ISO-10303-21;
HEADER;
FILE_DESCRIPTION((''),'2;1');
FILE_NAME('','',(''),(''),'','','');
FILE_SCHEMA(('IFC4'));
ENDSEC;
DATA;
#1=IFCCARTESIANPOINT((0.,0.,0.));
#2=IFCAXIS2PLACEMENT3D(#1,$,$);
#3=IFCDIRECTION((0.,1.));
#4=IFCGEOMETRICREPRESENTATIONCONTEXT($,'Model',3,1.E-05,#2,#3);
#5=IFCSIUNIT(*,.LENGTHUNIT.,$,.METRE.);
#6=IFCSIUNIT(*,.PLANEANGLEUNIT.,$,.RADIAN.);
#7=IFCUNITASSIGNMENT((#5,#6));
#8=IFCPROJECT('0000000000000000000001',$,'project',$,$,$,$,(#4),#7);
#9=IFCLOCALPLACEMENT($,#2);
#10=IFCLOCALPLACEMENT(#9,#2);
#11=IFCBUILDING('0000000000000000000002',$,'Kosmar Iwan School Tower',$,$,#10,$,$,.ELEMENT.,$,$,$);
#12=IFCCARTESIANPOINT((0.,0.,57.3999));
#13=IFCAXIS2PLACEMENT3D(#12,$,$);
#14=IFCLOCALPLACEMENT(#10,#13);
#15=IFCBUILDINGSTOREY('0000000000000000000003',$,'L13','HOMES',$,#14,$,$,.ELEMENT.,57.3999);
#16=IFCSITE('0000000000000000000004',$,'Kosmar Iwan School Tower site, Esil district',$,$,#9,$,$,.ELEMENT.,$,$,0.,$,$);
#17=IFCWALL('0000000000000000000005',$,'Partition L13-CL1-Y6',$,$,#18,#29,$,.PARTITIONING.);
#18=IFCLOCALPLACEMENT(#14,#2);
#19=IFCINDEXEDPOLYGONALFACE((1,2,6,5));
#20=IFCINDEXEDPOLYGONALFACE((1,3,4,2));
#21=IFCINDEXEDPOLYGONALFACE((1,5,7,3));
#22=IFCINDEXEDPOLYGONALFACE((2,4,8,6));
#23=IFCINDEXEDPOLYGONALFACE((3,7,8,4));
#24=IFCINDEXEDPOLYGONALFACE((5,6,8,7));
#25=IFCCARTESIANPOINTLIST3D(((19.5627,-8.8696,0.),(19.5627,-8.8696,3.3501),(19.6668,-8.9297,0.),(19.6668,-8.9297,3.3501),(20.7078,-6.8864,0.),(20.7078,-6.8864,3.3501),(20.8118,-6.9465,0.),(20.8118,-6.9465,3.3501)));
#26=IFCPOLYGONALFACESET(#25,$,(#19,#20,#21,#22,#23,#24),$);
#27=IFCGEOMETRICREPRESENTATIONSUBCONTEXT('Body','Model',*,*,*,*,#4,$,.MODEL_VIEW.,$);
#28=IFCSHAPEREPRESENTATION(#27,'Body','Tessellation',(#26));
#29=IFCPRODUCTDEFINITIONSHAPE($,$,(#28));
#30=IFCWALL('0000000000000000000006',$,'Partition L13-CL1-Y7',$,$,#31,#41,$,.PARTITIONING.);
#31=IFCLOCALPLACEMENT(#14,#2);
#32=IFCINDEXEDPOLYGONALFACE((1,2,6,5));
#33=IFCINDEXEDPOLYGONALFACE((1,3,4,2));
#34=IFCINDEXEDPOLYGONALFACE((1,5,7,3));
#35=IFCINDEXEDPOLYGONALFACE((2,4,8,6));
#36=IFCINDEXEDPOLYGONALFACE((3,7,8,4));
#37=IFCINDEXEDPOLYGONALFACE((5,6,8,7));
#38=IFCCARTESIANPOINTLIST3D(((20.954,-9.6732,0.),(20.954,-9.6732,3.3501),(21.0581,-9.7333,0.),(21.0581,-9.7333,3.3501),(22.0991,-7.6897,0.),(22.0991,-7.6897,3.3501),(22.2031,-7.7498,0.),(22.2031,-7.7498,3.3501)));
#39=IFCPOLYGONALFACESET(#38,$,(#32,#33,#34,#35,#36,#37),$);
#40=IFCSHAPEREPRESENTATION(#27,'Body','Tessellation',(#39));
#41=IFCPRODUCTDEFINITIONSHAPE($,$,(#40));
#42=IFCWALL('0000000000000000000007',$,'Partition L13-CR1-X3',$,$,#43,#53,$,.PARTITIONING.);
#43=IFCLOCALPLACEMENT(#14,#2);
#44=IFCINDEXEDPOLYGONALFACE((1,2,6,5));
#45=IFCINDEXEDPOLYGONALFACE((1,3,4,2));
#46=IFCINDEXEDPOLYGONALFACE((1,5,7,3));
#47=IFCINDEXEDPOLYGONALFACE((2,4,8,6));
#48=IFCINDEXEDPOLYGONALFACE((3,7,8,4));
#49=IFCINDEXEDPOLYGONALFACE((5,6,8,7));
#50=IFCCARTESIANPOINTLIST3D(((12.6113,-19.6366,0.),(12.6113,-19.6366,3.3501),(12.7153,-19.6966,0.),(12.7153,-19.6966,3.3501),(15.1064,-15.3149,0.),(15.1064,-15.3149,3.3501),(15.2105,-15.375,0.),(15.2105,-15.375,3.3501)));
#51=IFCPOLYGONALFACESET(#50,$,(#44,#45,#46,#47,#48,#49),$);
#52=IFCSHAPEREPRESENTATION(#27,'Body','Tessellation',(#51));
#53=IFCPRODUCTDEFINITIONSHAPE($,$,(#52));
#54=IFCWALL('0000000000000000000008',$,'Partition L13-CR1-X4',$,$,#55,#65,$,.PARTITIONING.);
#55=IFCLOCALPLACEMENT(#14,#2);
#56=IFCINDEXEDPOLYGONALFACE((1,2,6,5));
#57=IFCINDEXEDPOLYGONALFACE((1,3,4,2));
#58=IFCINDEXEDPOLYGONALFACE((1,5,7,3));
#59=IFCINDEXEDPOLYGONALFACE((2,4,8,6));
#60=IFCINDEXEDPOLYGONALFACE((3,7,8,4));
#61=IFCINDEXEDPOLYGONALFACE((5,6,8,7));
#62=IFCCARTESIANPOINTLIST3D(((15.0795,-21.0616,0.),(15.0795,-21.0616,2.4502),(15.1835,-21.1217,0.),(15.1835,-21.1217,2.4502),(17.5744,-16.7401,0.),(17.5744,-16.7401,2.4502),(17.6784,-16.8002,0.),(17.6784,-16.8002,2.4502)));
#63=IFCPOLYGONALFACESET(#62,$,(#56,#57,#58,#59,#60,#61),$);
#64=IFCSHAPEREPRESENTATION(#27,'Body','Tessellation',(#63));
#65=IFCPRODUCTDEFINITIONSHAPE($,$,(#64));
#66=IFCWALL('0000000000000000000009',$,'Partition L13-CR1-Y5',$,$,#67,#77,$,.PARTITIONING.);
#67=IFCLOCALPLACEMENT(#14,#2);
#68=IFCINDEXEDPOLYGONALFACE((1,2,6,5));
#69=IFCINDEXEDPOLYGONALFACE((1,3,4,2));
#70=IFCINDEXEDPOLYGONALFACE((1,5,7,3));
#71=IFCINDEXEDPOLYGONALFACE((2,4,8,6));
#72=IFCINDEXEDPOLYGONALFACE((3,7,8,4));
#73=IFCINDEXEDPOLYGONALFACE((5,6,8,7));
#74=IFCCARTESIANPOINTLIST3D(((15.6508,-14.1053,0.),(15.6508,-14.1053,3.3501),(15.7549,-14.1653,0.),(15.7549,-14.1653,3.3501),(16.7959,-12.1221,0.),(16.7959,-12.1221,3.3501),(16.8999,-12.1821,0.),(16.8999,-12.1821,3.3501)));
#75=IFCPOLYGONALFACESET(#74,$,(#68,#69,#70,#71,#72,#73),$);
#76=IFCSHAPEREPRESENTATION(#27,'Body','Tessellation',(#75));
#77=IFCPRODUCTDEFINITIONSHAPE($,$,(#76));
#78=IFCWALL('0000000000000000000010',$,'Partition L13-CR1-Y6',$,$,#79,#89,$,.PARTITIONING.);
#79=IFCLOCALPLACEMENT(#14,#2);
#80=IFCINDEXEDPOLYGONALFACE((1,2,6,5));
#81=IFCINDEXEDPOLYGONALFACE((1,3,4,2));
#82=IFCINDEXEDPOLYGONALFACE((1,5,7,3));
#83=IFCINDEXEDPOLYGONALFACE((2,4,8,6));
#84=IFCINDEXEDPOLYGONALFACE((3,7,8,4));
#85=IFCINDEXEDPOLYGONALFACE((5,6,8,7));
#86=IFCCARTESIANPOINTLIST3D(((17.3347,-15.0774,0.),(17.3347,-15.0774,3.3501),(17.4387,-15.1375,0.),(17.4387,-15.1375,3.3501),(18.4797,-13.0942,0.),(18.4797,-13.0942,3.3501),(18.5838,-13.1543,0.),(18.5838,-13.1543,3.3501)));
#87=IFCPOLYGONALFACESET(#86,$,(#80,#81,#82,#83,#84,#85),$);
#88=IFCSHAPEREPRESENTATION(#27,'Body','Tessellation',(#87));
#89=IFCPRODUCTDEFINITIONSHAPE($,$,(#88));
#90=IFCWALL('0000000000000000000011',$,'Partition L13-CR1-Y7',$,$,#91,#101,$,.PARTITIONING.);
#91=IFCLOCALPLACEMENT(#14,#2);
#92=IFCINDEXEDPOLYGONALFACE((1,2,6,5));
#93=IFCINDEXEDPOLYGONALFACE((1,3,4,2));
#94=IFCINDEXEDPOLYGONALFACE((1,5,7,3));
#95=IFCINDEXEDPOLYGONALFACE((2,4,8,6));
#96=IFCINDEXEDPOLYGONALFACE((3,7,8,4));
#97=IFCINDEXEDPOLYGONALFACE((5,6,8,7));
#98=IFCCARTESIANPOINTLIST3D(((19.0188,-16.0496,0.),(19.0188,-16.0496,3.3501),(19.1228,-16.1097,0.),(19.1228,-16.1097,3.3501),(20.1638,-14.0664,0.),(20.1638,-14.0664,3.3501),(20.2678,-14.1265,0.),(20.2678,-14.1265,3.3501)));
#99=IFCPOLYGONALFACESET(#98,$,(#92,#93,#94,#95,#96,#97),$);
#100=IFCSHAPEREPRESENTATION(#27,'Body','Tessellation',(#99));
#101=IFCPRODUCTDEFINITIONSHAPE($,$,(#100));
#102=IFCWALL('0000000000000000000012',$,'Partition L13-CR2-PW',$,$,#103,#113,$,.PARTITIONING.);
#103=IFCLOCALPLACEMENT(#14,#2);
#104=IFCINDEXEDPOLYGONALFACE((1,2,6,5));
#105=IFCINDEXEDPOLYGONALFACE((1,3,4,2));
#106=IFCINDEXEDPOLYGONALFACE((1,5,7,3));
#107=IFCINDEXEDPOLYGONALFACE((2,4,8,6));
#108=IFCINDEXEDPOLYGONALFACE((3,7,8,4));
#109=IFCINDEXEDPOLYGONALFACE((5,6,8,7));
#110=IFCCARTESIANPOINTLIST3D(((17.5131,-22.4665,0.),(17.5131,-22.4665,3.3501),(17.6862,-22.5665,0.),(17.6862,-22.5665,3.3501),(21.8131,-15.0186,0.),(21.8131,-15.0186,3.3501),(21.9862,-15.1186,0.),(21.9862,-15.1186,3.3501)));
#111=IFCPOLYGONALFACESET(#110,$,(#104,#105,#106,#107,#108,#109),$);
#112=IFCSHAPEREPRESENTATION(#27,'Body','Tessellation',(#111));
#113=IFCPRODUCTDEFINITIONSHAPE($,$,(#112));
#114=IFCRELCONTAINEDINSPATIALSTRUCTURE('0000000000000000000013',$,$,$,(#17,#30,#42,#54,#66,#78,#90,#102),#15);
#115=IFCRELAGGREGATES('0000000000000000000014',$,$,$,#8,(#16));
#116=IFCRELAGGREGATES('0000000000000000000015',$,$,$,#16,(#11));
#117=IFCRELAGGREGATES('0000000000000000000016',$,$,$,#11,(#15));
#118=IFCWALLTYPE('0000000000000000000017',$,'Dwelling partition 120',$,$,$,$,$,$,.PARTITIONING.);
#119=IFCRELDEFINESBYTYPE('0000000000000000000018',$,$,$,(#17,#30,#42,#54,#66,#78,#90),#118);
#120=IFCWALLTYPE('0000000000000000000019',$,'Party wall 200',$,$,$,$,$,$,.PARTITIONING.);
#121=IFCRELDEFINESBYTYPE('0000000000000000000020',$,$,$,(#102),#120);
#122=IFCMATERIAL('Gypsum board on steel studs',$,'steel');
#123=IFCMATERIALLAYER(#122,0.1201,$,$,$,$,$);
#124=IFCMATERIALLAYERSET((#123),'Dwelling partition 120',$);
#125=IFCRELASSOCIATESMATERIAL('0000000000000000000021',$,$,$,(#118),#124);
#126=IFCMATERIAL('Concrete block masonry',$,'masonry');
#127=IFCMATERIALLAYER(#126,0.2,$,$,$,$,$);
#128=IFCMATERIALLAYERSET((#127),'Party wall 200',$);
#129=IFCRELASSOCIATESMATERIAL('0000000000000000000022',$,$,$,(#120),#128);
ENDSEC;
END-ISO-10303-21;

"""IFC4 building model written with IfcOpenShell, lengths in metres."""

from ifc_helpers import new_model, si_unit, direction, frame, frame_2d, origin, place, context, subcontext, project, spatial, rectangle, extrude, material, layer, layer_set, type_object, element, save


model = new_model("IFC4")

# Units and contexts
model_context = context("Model", 3, precision=1e-05, world=origin(), true_north=direction((0.0, 1.0)))
body_context = subcontext(model_context, "Body", "Model", "MODEL_VIEW")
ifc_project = project(units=[si_unit("LENGTHUNIT", "METRE"), si_unit("PLANEANGLEUNIT", "RADIAN")], contexts=[model_context])

# Site, building, storey
site_placement = place(None, origin())
site = spatial("IfcSite", under=ifc_project, at=site_placement, Name="Kosmar Iwan School Tower site, Esil district", CompositionType="ELEMENT", RefElevation=0.0)
building_placement = place(site_placement, origin())
building = spatial("IfcBuilding", under=site, at=building_placement, Name="Kosmar Iwan School Tower", CompositionType="ELEMENT")
storey_placement = place(building_placement, frame((0.0, 0.0, 57.3999)))
storey = spatial("IfcBuildingStorey", under=building, at=storey_placement, Name="L13", Description="HOMES", CompositionType="ELEMENT", Elevation=57.3999)

# Walls
ifc_material_1 = material(Name="Gypsum board on steel studs", Category="steel")
ifc_layer_1 = layer(ifc_material_1, 0.1201)
ifc_layer_set_1 = layer_set([ifc_layer_1], Name="Dwelling partition 120")
wall_type_1 = type_object("IfcWallType", Name="Dwelling partition 120", PredefinedType="PARTITIONING", material=ifc_layer_set_1)
wall_1_placement = place(storey_placement, frame((19.6147, -8.8997, 0.0), z_axis=(0.0, 0.0, 1.0), x_axis=(0.500015, 0.866017, 0.0)))
element("IfcWall", 1, at=wall_1_placement, inside=storey, type_object=wall_type_1, Name="Partition L13-CL1-Y6", PredefinedType="PARTITIONING", context=body_context, shape_type="SweptSolid", body=[
    extrude(rectangle(XDim=2.29, YDim=0.1201, at=frame_2d((1.145, 0.0))), origin(), (0.0, 0.0, 1.0), 3.3501),
])
wall_2_placement = place(storey_placement, frame((21.0061, -9.7031, 0.0), z_axis=(0.0, 0.0, 1.0), x_axis=(0.499969, 0.866044, 0.0)))
element("IfcWall", 2, at=wall_2_placement, inside=storey, type_object=wall_type_1, Name="Partition L13-CL1-Y7", PredefinedType="PARTITIONING", context=body_context, shape_type="SweptSolid", body=[
    extrude(rectangle(XDim=2.2903, YDim=0.1201, at=frame_2d((1.145, 0.0))), origin(), (0.0, 0.0, 1.0), 3.3501),
])
wall_3_placement = place(storey_placement, frame((15.1584, -15.345, 0.0), z_axis=(0.0, 0.0, 1.0), x_axis=(-0.500012, -0.866019, 0.0)))
element("IfcWall", 3, at=wall_3_placement, inside=storey, type_object=wall_type_1, Name="Partition L13-CR1-X3", PredefinedType="PARTITIONING", context=body_context, shape_type="SweptSolid", body=[
    extrude(rectangle(XDim=4.9902, YDim=0.1201, at=frame_2d((2.4951, 0.0))), origin(), (0.0, 0.0, 1.0), 3.3501),
])
wall_4_placement = place(storey_placement, frame((17.6265, -16.77, 0.0), z_axis=(0.0, 0.0, 1.0), x_axis=(-0.499975, -0.86604, 0.0)))
element("IfcWall", 4, at=wall_4_placement, inside=storey, type_object=wall_type_1, Name="Partition L13-CR1-X4", PredefinedType="PARTITIONING", context=body_context, shape_type="SweptSolid", body=[
    extrude(rectangle(XDim=4.99, YDim=0.1201, at=frame_2d((2.4951, 0.0))), origin(), (0.0, 0.0, 1.0), 2.4502),
])
for number, where, z_axis, x_axis, name in (
    (5, (16.8479, -12.1521, 0.0), (0.0, 0.0, 1.0), (-0.500015, -0.866017, 0.0), "Partition L13-CR1-Y5"),
    (6, (18.5317, -13.1243, 0.0), (0.0, 0.0, 1.0), (-0.500015, -0.866017, 0.0), "Partition L13-CR1-Y6"),
    (7, (20.2158, -14.0964, 0.0), (0.0, 0.0, 1.0), (-0.500015, -0.866017, 0.0), "Partition L13-CR1-Y7"),
):
    element("IfcWall", number, at=place(storey_placement, frame(where, z_axis=z_axis, x_axis=x_axis)), inside=storey, type_object=wall_type_1, Name=name, PredefinedType="PARTITIONING", context=body_context, shape_type="SweptSolid", body=[
        extrude(rectangle(XDim=2.29, YDim=0.1201, at=frame_2d((1.145, 0.0))), origin(), (0.0, 0.0, 1.0), 3.3501),
    ])
ifc_material_2 = material(Name="Concrete block masonry", Category="masonry")
ifc_layer_2 = layer(ifc_material_2, 0.2)
ifc_layer_set_2 = layer_set([ifc_layer_2], Name="Party wall 200")
wall_type_2 = type_object("IfcWallType", Name="Party wall 200", PredefinedType="PARTITIONING", material=ifc_layer_set_2)
wall_5_placement = place(storey_placement, frame((21.8997, -15.0686, 0.0), z_axis=(0.0, 0.0, 1.0), x_axis=(-0.499995, -0.866028, 0.0)))
element("IfcWall", 8, at=wall_5_placement, inside=storey, type_object=wall_type_2, Name="Partition L13-CR2-PW", PredefinedType="PARTITIONING", context=body_context, shape_type="SweptSolid", body=[
    extrude(rectangle(XDim=8.6001, YDim=0.2, at=frame_2d((4.3, 0.0))), origin(), (0.0, 0.0, 1.0), 3.3501),
])

save(model, "model.ifc")
